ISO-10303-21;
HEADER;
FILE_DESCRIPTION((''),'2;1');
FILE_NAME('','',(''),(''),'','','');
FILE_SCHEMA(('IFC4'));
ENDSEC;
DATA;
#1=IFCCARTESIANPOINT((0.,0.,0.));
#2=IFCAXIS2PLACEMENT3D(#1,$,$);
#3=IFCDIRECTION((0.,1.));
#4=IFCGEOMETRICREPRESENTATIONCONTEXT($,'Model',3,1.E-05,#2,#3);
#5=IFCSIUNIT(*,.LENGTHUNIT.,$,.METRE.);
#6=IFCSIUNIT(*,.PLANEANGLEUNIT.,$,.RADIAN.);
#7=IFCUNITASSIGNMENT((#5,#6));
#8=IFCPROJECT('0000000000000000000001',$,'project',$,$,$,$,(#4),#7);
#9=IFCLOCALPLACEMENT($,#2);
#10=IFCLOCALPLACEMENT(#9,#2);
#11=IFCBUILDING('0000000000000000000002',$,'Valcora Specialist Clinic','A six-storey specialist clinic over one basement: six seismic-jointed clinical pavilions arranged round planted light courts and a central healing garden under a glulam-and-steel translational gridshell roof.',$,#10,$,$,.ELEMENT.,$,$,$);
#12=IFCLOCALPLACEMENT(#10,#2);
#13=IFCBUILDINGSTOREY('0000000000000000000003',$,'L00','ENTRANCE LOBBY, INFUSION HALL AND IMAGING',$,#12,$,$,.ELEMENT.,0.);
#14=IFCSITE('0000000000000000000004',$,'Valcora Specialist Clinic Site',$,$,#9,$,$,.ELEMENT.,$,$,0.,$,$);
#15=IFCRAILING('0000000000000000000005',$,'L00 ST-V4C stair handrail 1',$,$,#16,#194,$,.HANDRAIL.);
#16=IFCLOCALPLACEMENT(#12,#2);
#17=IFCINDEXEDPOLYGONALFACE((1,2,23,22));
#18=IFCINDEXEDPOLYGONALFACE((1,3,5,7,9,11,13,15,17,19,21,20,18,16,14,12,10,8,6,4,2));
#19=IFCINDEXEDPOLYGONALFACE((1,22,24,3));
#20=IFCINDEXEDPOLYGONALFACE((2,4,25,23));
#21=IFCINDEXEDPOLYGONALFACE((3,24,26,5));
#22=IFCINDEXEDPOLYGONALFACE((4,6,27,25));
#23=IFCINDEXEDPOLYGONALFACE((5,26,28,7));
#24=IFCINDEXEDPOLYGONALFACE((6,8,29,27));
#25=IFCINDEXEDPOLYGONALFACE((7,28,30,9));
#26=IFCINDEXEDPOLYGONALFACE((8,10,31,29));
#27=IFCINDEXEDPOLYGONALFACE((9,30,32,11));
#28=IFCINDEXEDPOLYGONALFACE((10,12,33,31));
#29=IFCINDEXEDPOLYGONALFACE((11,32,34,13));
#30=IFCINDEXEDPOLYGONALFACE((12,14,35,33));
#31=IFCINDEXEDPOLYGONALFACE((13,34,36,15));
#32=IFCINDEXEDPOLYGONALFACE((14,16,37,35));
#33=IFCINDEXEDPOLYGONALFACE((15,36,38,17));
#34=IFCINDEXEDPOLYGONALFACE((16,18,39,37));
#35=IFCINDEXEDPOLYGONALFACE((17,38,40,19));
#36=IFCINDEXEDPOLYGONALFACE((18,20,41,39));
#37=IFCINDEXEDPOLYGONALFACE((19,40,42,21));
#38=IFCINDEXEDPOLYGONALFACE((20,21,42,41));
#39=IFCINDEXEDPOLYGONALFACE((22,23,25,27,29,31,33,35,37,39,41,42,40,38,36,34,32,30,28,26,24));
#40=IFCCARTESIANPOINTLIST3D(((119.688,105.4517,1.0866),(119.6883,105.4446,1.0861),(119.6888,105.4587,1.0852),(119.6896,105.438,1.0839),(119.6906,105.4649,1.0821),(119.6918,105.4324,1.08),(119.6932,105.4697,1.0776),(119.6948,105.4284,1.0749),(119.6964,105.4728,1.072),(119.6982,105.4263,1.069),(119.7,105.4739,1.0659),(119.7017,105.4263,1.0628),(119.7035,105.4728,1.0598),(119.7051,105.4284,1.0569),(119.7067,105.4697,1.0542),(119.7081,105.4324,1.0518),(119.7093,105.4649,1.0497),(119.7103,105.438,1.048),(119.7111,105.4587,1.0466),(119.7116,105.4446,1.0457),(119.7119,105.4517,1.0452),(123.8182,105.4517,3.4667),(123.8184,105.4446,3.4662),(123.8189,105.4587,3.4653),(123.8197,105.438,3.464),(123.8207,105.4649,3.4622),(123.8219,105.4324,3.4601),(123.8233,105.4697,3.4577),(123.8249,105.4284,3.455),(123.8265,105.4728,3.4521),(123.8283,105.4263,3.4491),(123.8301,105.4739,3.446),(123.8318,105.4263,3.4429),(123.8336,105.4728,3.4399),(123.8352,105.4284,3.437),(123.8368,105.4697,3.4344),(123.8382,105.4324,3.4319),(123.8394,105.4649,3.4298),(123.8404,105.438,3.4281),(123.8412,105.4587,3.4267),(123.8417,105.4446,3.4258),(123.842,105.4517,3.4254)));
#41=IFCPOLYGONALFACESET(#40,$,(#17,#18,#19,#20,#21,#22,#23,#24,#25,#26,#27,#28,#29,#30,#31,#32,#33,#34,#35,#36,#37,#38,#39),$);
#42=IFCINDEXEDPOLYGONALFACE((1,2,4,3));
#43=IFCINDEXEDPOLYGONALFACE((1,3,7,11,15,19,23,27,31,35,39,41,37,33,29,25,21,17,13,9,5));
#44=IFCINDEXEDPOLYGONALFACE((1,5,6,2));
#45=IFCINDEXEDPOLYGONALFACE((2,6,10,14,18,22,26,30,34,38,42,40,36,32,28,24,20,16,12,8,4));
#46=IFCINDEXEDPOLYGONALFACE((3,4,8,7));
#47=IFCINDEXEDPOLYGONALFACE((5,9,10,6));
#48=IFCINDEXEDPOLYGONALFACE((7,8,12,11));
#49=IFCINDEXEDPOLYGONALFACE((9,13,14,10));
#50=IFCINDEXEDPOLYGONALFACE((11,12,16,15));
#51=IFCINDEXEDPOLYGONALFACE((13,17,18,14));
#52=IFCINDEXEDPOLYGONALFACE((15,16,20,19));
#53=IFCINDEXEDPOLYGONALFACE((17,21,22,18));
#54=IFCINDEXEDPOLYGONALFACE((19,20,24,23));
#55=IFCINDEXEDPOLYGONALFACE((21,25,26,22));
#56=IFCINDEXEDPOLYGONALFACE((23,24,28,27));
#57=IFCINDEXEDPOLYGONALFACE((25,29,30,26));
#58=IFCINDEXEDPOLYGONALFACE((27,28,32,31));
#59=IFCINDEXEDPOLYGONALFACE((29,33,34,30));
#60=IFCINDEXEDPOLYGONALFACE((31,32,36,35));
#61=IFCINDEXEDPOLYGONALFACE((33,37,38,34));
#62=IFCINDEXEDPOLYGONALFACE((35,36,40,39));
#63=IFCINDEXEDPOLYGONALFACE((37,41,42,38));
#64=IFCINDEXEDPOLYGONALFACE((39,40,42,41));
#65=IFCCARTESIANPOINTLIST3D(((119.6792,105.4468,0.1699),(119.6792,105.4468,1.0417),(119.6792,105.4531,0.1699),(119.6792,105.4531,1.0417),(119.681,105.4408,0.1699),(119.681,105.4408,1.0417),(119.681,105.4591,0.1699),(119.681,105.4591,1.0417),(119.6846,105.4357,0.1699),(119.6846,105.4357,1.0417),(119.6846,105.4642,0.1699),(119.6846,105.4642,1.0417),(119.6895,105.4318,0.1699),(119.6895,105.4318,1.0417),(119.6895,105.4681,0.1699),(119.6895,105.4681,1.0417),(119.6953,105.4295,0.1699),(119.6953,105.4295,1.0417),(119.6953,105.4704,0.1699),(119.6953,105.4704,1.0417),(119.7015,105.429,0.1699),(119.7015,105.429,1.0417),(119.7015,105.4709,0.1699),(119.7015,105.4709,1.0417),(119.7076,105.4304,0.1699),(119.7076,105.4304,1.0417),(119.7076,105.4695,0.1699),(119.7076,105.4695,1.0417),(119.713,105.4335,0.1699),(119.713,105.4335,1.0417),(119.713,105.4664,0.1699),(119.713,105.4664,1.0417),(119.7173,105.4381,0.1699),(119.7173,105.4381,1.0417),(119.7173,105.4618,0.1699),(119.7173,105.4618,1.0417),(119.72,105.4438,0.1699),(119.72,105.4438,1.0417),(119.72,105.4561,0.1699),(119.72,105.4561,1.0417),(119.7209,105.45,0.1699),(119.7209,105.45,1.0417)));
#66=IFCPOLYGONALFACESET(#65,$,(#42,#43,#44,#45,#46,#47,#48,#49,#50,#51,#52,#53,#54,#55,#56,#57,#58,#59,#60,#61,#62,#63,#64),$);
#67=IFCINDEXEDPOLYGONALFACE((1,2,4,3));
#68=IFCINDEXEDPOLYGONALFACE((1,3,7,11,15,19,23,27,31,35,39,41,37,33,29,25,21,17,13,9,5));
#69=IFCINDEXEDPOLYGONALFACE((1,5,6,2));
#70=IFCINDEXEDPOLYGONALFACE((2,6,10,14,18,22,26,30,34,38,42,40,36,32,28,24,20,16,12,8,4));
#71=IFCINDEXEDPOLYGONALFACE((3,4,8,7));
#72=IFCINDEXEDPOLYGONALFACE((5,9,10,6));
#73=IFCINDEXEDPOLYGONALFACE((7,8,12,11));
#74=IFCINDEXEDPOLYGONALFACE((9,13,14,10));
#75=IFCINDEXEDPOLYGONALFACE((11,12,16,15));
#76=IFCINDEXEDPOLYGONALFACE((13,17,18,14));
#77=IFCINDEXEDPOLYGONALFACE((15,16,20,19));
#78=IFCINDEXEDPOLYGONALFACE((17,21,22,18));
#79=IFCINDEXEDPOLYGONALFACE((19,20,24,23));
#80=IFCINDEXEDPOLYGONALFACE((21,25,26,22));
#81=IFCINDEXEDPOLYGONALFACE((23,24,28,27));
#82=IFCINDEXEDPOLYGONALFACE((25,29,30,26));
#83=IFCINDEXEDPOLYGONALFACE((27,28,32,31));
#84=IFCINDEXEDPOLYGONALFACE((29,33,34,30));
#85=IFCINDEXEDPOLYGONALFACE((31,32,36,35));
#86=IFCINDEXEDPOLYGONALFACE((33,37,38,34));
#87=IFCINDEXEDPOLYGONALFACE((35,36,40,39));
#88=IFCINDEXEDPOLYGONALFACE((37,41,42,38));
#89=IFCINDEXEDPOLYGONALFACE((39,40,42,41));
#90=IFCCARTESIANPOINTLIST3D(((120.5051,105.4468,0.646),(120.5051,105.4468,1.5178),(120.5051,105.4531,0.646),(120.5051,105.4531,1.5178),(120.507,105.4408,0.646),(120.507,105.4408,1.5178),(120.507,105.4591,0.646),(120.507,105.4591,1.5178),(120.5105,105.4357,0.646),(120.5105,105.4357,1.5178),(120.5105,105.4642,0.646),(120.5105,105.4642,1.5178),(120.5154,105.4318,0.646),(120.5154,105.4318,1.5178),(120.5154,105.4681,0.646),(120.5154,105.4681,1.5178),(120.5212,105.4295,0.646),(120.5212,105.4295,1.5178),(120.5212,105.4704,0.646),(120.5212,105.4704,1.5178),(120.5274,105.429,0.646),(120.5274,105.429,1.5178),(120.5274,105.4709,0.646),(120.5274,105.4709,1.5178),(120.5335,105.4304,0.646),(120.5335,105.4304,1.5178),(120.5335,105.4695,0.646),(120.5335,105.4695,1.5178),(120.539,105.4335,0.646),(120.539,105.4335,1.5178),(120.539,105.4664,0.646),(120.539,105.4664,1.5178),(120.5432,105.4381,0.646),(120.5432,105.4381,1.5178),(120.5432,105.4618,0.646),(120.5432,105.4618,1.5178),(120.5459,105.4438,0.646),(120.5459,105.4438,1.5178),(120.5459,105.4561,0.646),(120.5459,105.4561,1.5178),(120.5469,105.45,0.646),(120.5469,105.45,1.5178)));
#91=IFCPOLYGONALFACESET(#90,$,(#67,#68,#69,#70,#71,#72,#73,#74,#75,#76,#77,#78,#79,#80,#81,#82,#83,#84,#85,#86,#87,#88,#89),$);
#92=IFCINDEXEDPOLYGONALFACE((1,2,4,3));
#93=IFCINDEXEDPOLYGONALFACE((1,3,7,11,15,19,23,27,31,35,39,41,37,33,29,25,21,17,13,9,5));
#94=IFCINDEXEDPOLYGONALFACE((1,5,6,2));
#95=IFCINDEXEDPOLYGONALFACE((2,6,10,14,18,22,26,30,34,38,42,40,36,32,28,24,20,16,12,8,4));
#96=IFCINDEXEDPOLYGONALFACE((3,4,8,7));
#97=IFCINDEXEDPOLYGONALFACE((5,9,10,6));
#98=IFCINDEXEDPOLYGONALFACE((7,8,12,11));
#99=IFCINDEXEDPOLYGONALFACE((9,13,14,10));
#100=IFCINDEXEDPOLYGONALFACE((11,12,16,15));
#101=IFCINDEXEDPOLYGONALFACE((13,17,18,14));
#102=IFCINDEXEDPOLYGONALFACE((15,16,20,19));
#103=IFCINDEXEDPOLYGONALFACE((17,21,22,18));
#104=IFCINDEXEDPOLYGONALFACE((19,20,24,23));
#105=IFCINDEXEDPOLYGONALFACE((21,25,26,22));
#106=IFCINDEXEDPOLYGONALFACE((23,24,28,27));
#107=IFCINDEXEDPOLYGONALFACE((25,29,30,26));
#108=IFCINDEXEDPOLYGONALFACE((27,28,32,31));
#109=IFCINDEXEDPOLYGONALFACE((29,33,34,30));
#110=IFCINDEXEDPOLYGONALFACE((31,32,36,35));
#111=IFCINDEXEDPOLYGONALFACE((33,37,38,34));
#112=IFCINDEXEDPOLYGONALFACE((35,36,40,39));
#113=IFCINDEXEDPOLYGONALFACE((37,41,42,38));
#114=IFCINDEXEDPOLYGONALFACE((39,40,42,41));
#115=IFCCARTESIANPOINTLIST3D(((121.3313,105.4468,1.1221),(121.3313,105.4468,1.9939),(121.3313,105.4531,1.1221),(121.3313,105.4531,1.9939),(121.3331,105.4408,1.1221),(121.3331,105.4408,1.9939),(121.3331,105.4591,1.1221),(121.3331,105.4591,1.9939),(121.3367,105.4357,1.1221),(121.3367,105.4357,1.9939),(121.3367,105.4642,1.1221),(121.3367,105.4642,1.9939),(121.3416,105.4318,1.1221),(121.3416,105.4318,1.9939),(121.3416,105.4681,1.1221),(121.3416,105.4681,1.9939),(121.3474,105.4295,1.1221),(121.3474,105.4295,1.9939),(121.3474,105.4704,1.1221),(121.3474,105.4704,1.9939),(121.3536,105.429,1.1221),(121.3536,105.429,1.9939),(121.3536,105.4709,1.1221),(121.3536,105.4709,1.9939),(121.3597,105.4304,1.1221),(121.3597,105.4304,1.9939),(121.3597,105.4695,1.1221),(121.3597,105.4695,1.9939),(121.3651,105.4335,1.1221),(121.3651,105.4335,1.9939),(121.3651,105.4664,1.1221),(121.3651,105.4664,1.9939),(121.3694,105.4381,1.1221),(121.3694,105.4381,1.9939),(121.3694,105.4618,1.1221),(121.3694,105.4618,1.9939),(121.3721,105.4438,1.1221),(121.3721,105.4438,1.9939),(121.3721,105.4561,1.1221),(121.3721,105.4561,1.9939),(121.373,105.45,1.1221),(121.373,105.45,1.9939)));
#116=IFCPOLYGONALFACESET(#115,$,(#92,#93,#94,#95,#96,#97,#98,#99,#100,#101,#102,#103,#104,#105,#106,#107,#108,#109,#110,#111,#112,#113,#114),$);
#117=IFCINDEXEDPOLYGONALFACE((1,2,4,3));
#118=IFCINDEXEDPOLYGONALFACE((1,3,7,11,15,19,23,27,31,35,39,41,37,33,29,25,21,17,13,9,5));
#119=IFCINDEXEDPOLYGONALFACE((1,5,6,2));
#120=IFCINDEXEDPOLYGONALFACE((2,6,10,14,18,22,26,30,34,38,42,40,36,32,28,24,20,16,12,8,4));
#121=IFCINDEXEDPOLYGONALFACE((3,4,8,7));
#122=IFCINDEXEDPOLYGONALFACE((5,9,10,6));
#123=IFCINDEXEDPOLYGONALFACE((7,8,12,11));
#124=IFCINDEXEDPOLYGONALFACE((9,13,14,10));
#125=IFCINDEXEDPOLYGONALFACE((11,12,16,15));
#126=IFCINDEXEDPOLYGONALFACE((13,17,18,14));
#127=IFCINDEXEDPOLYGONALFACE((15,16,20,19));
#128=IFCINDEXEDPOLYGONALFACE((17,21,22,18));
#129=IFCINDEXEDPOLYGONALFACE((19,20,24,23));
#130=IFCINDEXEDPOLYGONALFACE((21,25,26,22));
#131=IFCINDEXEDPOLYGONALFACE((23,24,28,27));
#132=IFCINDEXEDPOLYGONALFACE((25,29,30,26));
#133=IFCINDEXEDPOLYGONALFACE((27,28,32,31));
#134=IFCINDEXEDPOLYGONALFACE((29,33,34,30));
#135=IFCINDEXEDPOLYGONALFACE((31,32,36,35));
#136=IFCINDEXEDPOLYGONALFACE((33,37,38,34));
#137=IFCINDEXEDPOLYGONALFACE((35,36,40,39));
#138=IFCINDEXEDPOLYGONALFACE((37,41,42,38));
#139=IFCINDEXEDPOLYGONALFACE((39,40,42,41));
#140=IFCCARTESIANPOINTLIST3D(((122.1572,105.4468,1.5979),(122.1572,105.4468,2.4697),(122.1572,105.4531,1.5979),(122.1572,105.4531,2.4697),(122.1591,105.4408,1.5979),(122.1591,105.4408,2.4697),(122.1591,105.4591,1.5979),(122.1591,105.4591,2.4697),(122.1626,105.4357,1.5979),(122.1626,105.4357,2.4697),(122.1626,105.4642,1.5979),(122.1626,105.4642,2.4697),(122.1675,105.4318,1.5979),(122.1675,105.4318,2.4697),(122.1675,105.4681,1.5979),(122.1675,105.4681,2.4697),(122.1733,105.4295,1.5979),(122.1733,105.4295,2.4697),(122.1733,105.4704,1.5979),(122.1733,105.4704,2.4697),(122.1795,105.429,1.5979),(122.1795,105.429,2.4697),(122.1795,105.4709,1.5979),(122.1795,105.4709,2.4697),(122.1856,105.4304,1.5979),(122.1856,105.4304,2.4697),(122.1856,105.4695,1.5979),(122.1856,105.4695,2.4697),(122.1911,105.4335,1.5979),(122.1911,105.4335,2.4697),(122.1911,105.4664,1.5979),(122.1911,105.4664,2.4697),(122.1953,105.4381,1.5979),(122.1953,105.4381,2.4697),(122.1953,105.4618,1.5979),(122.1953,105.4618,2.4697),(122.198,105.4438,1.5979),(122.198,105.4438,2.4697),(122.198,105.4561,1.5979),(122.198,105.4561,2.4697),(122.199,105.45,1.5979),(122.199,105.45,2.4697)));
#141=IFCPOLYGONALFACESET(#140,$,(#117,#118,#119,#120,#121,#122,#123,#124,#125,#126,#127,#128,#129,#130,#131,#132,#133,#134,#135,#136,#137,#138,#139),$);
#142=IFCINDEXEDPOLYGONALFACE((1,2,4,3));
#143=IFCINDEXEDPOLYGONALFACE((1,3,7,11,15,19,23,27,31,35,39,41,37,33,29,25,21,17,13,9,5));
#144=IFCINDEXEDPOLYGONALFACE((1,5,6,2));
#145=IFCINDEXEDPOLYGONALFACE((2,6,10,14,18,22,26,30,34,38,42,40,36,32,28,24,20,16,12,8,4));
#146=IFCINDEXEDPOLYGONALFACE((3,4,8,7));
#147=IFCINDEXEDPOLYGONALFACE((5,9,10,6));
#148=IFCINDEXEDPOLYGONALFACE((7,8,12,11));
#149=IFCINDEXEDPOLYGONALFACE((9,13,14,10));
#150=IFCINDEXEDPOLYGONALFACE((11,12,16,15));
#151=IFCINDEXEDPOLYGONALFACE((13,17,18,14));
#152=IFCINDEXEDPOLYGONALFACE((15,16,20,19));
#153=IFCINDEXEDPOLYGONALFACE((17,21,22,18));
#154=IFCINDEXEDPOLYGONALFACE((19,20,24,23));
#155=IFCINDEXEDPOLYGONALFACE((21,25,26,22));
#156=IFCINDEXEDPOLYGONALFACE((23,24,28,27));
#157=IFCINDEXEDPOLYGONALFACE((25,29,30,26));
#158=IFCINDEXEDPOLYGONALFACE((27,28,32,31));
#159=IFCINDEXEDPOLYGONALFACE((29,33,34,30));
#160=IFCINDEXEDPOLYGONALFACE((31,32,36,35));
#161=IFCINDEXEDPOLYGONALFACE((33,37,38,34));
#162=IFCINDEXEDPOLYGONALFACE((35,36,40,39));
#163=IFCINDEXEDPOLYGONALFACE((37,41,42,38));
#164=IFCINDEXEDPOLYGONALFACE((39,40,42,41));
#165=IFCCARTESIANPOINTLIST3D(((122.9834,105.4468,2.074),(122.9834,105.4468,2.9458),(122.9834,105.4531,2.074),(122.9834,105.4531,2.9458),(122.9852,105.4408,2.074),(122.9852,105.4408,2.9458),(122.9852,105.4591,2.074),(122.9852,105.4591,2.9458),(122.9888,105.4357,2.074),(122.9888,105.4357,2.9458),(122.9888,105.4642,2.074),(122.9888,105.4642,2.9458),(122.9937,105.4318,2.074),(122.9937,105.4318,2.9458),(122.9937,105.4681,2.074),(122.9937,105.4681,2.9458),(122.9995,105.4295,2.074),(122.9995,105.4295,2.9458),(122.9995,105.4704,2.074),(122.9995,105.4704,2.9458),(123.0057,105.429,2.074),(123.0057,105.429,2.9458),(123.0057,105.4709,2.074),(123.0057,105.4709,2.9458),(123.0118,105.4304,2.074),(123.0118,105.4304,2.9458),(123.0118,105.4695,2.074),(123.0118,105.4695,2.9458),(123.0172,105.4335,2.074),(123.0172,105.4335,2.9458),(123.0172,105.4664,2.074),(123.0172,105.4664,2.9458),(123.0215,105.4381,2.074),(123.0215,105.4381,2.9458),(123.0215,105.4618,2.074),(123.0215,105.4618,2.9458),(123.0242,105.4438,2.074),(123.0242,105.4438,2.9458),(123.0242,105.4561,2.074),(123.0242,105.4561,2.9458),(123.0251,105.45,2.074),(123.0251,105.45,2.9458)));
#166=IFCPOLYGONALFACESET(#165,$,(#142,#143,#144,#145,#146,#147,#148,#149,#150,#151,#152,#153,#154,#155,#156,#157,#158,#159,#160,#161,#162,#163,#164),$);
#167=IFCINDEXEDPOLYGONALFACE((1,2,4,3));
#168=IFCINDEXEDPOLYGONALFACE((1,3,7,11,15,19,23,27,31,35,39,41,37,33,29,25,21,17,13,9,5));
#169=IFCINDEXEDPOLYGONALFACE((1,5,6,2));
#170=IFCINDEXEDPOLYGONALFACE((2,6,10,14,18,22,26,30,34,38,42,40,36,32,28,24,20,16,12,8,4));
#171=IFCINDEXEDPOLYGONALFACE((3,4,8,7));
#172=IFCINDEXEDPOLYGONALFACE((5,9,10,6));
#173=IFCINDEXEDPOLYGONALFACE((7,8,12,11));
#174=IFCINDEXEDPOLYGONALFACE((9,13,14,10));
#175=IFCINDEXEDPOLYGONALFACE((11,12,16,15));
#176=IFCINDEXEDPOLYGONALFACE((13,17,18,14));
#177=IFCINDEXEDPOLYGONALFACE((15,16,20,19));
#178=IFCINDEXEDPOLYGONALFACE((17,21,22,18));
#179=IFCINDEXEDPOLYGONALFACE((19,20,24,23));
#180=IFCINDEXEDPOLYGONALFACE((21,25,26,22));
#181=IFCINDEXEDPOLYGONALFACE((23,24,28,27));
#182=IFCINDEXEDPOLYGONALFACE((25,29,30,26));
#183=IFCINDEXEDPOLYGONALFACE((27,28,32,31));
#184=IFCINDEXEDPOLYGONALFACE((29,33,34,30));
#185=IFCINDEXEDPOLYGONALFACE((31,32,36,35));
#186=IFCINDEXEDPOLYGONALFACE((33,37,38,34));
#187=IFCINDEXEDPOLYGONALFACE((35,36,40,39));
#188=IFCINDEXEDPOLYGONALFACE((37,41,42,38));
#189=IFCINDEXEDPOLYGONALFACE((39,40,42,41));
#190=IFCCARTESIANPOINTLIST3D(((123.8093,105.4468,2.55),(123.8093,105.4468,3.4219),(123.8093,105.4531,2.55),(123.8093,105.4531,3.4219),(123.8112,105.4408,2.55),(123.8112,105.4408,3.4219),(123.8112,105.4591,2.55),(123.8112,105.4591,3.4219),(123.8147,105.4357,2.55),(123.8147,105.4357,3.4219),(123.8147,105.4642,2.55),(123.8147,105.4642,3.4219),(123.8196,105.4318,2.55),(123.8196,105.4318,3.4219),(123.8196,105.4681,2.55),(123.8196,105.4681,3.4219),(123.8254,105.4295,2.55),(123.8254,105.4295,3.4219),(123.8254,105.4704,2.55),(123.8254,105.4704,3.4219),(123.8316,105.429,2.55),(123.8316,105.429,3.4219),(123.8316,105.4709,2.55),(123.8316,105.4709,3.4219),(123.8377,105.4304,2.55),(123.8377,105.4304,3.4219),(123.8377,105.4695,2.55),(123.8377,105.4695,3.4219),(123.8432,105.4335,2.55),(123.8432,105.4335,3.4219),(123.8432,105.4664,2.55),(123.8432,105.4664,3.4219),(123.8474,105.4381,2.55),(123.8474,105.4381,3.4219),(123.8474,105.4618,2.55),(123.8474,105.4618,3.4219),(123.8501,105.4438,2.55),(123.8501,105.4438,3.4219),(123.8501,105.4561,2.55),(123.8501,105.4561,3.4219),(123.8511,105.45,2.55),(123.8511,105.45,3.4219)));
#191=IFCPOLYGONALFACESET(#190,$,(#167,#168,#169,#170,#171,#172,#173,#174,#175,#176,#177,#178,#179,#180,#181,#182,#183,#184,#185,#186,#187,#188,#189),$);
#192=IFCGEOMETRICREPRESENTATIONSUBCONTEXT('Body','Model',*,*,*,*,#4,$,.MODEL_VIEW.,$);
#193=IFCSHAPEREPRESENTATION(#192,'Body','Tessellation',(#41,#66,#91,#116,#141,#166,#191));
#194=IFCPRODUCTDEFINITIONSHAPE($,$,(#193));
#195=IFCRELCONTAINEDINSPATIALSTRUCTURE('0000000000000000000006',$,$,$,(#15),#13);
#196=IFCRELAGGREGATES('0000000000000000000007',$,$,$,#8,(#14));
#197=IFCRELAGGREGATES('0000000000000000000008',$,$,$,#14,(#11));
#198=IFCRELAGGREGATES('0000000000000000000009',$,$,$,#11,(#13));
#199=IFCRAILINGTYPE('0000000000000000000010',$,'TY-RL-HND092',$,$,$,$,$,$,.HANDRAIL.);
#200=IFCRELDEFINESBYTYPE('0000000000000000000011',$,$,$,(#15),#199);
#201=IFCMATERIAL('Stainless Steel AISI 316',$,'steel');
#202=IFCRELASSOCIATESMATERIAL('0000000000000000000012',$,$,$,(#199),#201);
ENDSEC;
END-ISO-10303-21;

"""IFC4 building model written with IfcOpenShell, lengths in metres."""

from ifc_helpers import new_model, si_unit, direction, frame, origin, origin_2d, place, context, subcontext, project, spatial, circle, extrude, material, type_object, element, save


model = new_model("IFC4")

# Units and contexts
model_context = context("Model", 3, precision=1e-05, world=origin(), true_north=direction((0.0, 1.0)))
body_context = subcontext(model_context, "Body", "Model", "MODEL_VIEW")
ifc_project = project(units=[si_unit("LENGTHUNIT", "METRE"), si_unit("PLANEANGLEUNIT", "RADIAN")], contexts=[model_context])

# Site, building, storey
site_placement = place(None, origin())
site = spatial("IfcSite", under=ifc_project, at=site_placement, Name="Valcora Specialist Clinic Site", CompositionType="ELEMENT", RefElevation=0.0)
building_placement = place(site_placement, origin())
building = spatial("IfcBuilding", under=site, at=building_placement, Name="Valcora Specialist Clinic", Description="A six-storey specialist clinic over one basement: six seismic-jointed clinical pavilions arranged round planted light courts and a central healing garden under a glulam-and-steel translational gridshell roof.", CompositionType="ELEMENT")
storey_placement = place(building_placement, origin())
storey = spatial("IfcBuildingStorey", under=building, at=storey_placement, Name="L00", Description="ENTRANCE LOBBY, INFUSION HALL AND IMAGING", CompositionType="ELEMENT", Elevation=0.0)

# Railing
ifc_material_1 = material(Name="Stainless Steel AISI 316", Category="steel")
railing_type_1 = type_object("IfcRailingType", Name="TY-RL-HND092", PredefinedType="HANDRAIL", material=ifc_material_1)
railing_1_placement = place(storey_placement, frame((119.7, 105.45, 0.1699)))
element("IfcRailing", 1, at=railing_1_placement, inside=storey, type_object=railing_type_1, Name="L00 ST-V4C stair handrail 1", PredefinedType="HANDRAIL", context=body_context, shape_type="SweptSolid", body=[
    extrude(circle(Radius=0.0239, at=origin_2d()), frame((0.0, 0.0, 0.896), z_axis=(0.866425, 0.0, 0.499307), x_axis=(0.0, 1.0, 0.0)), (0.0, 0.0, 1.0), 4.7668),
    extrude(circle(Radius=0.021, at=origin_2d()), origin(), (0.0, 0.0, 1.0), 0.8718),
    extrude(circle(Radius=0.021, at=origin_2d()), frame((0.8259, 0.0, 0.4761)), (0.0, 0.0, 1.0), 0.8718),
    extrude(circle(Radius=0.021, at=origin_2d()), frame((1.6521, 0.0, 0.9521)), (0.0, 0.0, 1.0), 0.8718),
    extrude(circle(Radius=0.021, at=origin_2d()), frame((2.478, 0.0, 1.428)), (0.0, 0.0, 1.0), 0.8718),
    extrude(circle(Radius=0.021, at=origin_2d()), frame((3.3042, 0.0, 1.9041)), (0.0, 0.0, 1.0), 0.8718),
    extrude(circle(Radius=0.021, at=origin_2d()), frame((4.1301, 0.0, 2.3801)), (0.0, 0.0, 1.0), 0.8718),
])

save(model, "model.ifc")
